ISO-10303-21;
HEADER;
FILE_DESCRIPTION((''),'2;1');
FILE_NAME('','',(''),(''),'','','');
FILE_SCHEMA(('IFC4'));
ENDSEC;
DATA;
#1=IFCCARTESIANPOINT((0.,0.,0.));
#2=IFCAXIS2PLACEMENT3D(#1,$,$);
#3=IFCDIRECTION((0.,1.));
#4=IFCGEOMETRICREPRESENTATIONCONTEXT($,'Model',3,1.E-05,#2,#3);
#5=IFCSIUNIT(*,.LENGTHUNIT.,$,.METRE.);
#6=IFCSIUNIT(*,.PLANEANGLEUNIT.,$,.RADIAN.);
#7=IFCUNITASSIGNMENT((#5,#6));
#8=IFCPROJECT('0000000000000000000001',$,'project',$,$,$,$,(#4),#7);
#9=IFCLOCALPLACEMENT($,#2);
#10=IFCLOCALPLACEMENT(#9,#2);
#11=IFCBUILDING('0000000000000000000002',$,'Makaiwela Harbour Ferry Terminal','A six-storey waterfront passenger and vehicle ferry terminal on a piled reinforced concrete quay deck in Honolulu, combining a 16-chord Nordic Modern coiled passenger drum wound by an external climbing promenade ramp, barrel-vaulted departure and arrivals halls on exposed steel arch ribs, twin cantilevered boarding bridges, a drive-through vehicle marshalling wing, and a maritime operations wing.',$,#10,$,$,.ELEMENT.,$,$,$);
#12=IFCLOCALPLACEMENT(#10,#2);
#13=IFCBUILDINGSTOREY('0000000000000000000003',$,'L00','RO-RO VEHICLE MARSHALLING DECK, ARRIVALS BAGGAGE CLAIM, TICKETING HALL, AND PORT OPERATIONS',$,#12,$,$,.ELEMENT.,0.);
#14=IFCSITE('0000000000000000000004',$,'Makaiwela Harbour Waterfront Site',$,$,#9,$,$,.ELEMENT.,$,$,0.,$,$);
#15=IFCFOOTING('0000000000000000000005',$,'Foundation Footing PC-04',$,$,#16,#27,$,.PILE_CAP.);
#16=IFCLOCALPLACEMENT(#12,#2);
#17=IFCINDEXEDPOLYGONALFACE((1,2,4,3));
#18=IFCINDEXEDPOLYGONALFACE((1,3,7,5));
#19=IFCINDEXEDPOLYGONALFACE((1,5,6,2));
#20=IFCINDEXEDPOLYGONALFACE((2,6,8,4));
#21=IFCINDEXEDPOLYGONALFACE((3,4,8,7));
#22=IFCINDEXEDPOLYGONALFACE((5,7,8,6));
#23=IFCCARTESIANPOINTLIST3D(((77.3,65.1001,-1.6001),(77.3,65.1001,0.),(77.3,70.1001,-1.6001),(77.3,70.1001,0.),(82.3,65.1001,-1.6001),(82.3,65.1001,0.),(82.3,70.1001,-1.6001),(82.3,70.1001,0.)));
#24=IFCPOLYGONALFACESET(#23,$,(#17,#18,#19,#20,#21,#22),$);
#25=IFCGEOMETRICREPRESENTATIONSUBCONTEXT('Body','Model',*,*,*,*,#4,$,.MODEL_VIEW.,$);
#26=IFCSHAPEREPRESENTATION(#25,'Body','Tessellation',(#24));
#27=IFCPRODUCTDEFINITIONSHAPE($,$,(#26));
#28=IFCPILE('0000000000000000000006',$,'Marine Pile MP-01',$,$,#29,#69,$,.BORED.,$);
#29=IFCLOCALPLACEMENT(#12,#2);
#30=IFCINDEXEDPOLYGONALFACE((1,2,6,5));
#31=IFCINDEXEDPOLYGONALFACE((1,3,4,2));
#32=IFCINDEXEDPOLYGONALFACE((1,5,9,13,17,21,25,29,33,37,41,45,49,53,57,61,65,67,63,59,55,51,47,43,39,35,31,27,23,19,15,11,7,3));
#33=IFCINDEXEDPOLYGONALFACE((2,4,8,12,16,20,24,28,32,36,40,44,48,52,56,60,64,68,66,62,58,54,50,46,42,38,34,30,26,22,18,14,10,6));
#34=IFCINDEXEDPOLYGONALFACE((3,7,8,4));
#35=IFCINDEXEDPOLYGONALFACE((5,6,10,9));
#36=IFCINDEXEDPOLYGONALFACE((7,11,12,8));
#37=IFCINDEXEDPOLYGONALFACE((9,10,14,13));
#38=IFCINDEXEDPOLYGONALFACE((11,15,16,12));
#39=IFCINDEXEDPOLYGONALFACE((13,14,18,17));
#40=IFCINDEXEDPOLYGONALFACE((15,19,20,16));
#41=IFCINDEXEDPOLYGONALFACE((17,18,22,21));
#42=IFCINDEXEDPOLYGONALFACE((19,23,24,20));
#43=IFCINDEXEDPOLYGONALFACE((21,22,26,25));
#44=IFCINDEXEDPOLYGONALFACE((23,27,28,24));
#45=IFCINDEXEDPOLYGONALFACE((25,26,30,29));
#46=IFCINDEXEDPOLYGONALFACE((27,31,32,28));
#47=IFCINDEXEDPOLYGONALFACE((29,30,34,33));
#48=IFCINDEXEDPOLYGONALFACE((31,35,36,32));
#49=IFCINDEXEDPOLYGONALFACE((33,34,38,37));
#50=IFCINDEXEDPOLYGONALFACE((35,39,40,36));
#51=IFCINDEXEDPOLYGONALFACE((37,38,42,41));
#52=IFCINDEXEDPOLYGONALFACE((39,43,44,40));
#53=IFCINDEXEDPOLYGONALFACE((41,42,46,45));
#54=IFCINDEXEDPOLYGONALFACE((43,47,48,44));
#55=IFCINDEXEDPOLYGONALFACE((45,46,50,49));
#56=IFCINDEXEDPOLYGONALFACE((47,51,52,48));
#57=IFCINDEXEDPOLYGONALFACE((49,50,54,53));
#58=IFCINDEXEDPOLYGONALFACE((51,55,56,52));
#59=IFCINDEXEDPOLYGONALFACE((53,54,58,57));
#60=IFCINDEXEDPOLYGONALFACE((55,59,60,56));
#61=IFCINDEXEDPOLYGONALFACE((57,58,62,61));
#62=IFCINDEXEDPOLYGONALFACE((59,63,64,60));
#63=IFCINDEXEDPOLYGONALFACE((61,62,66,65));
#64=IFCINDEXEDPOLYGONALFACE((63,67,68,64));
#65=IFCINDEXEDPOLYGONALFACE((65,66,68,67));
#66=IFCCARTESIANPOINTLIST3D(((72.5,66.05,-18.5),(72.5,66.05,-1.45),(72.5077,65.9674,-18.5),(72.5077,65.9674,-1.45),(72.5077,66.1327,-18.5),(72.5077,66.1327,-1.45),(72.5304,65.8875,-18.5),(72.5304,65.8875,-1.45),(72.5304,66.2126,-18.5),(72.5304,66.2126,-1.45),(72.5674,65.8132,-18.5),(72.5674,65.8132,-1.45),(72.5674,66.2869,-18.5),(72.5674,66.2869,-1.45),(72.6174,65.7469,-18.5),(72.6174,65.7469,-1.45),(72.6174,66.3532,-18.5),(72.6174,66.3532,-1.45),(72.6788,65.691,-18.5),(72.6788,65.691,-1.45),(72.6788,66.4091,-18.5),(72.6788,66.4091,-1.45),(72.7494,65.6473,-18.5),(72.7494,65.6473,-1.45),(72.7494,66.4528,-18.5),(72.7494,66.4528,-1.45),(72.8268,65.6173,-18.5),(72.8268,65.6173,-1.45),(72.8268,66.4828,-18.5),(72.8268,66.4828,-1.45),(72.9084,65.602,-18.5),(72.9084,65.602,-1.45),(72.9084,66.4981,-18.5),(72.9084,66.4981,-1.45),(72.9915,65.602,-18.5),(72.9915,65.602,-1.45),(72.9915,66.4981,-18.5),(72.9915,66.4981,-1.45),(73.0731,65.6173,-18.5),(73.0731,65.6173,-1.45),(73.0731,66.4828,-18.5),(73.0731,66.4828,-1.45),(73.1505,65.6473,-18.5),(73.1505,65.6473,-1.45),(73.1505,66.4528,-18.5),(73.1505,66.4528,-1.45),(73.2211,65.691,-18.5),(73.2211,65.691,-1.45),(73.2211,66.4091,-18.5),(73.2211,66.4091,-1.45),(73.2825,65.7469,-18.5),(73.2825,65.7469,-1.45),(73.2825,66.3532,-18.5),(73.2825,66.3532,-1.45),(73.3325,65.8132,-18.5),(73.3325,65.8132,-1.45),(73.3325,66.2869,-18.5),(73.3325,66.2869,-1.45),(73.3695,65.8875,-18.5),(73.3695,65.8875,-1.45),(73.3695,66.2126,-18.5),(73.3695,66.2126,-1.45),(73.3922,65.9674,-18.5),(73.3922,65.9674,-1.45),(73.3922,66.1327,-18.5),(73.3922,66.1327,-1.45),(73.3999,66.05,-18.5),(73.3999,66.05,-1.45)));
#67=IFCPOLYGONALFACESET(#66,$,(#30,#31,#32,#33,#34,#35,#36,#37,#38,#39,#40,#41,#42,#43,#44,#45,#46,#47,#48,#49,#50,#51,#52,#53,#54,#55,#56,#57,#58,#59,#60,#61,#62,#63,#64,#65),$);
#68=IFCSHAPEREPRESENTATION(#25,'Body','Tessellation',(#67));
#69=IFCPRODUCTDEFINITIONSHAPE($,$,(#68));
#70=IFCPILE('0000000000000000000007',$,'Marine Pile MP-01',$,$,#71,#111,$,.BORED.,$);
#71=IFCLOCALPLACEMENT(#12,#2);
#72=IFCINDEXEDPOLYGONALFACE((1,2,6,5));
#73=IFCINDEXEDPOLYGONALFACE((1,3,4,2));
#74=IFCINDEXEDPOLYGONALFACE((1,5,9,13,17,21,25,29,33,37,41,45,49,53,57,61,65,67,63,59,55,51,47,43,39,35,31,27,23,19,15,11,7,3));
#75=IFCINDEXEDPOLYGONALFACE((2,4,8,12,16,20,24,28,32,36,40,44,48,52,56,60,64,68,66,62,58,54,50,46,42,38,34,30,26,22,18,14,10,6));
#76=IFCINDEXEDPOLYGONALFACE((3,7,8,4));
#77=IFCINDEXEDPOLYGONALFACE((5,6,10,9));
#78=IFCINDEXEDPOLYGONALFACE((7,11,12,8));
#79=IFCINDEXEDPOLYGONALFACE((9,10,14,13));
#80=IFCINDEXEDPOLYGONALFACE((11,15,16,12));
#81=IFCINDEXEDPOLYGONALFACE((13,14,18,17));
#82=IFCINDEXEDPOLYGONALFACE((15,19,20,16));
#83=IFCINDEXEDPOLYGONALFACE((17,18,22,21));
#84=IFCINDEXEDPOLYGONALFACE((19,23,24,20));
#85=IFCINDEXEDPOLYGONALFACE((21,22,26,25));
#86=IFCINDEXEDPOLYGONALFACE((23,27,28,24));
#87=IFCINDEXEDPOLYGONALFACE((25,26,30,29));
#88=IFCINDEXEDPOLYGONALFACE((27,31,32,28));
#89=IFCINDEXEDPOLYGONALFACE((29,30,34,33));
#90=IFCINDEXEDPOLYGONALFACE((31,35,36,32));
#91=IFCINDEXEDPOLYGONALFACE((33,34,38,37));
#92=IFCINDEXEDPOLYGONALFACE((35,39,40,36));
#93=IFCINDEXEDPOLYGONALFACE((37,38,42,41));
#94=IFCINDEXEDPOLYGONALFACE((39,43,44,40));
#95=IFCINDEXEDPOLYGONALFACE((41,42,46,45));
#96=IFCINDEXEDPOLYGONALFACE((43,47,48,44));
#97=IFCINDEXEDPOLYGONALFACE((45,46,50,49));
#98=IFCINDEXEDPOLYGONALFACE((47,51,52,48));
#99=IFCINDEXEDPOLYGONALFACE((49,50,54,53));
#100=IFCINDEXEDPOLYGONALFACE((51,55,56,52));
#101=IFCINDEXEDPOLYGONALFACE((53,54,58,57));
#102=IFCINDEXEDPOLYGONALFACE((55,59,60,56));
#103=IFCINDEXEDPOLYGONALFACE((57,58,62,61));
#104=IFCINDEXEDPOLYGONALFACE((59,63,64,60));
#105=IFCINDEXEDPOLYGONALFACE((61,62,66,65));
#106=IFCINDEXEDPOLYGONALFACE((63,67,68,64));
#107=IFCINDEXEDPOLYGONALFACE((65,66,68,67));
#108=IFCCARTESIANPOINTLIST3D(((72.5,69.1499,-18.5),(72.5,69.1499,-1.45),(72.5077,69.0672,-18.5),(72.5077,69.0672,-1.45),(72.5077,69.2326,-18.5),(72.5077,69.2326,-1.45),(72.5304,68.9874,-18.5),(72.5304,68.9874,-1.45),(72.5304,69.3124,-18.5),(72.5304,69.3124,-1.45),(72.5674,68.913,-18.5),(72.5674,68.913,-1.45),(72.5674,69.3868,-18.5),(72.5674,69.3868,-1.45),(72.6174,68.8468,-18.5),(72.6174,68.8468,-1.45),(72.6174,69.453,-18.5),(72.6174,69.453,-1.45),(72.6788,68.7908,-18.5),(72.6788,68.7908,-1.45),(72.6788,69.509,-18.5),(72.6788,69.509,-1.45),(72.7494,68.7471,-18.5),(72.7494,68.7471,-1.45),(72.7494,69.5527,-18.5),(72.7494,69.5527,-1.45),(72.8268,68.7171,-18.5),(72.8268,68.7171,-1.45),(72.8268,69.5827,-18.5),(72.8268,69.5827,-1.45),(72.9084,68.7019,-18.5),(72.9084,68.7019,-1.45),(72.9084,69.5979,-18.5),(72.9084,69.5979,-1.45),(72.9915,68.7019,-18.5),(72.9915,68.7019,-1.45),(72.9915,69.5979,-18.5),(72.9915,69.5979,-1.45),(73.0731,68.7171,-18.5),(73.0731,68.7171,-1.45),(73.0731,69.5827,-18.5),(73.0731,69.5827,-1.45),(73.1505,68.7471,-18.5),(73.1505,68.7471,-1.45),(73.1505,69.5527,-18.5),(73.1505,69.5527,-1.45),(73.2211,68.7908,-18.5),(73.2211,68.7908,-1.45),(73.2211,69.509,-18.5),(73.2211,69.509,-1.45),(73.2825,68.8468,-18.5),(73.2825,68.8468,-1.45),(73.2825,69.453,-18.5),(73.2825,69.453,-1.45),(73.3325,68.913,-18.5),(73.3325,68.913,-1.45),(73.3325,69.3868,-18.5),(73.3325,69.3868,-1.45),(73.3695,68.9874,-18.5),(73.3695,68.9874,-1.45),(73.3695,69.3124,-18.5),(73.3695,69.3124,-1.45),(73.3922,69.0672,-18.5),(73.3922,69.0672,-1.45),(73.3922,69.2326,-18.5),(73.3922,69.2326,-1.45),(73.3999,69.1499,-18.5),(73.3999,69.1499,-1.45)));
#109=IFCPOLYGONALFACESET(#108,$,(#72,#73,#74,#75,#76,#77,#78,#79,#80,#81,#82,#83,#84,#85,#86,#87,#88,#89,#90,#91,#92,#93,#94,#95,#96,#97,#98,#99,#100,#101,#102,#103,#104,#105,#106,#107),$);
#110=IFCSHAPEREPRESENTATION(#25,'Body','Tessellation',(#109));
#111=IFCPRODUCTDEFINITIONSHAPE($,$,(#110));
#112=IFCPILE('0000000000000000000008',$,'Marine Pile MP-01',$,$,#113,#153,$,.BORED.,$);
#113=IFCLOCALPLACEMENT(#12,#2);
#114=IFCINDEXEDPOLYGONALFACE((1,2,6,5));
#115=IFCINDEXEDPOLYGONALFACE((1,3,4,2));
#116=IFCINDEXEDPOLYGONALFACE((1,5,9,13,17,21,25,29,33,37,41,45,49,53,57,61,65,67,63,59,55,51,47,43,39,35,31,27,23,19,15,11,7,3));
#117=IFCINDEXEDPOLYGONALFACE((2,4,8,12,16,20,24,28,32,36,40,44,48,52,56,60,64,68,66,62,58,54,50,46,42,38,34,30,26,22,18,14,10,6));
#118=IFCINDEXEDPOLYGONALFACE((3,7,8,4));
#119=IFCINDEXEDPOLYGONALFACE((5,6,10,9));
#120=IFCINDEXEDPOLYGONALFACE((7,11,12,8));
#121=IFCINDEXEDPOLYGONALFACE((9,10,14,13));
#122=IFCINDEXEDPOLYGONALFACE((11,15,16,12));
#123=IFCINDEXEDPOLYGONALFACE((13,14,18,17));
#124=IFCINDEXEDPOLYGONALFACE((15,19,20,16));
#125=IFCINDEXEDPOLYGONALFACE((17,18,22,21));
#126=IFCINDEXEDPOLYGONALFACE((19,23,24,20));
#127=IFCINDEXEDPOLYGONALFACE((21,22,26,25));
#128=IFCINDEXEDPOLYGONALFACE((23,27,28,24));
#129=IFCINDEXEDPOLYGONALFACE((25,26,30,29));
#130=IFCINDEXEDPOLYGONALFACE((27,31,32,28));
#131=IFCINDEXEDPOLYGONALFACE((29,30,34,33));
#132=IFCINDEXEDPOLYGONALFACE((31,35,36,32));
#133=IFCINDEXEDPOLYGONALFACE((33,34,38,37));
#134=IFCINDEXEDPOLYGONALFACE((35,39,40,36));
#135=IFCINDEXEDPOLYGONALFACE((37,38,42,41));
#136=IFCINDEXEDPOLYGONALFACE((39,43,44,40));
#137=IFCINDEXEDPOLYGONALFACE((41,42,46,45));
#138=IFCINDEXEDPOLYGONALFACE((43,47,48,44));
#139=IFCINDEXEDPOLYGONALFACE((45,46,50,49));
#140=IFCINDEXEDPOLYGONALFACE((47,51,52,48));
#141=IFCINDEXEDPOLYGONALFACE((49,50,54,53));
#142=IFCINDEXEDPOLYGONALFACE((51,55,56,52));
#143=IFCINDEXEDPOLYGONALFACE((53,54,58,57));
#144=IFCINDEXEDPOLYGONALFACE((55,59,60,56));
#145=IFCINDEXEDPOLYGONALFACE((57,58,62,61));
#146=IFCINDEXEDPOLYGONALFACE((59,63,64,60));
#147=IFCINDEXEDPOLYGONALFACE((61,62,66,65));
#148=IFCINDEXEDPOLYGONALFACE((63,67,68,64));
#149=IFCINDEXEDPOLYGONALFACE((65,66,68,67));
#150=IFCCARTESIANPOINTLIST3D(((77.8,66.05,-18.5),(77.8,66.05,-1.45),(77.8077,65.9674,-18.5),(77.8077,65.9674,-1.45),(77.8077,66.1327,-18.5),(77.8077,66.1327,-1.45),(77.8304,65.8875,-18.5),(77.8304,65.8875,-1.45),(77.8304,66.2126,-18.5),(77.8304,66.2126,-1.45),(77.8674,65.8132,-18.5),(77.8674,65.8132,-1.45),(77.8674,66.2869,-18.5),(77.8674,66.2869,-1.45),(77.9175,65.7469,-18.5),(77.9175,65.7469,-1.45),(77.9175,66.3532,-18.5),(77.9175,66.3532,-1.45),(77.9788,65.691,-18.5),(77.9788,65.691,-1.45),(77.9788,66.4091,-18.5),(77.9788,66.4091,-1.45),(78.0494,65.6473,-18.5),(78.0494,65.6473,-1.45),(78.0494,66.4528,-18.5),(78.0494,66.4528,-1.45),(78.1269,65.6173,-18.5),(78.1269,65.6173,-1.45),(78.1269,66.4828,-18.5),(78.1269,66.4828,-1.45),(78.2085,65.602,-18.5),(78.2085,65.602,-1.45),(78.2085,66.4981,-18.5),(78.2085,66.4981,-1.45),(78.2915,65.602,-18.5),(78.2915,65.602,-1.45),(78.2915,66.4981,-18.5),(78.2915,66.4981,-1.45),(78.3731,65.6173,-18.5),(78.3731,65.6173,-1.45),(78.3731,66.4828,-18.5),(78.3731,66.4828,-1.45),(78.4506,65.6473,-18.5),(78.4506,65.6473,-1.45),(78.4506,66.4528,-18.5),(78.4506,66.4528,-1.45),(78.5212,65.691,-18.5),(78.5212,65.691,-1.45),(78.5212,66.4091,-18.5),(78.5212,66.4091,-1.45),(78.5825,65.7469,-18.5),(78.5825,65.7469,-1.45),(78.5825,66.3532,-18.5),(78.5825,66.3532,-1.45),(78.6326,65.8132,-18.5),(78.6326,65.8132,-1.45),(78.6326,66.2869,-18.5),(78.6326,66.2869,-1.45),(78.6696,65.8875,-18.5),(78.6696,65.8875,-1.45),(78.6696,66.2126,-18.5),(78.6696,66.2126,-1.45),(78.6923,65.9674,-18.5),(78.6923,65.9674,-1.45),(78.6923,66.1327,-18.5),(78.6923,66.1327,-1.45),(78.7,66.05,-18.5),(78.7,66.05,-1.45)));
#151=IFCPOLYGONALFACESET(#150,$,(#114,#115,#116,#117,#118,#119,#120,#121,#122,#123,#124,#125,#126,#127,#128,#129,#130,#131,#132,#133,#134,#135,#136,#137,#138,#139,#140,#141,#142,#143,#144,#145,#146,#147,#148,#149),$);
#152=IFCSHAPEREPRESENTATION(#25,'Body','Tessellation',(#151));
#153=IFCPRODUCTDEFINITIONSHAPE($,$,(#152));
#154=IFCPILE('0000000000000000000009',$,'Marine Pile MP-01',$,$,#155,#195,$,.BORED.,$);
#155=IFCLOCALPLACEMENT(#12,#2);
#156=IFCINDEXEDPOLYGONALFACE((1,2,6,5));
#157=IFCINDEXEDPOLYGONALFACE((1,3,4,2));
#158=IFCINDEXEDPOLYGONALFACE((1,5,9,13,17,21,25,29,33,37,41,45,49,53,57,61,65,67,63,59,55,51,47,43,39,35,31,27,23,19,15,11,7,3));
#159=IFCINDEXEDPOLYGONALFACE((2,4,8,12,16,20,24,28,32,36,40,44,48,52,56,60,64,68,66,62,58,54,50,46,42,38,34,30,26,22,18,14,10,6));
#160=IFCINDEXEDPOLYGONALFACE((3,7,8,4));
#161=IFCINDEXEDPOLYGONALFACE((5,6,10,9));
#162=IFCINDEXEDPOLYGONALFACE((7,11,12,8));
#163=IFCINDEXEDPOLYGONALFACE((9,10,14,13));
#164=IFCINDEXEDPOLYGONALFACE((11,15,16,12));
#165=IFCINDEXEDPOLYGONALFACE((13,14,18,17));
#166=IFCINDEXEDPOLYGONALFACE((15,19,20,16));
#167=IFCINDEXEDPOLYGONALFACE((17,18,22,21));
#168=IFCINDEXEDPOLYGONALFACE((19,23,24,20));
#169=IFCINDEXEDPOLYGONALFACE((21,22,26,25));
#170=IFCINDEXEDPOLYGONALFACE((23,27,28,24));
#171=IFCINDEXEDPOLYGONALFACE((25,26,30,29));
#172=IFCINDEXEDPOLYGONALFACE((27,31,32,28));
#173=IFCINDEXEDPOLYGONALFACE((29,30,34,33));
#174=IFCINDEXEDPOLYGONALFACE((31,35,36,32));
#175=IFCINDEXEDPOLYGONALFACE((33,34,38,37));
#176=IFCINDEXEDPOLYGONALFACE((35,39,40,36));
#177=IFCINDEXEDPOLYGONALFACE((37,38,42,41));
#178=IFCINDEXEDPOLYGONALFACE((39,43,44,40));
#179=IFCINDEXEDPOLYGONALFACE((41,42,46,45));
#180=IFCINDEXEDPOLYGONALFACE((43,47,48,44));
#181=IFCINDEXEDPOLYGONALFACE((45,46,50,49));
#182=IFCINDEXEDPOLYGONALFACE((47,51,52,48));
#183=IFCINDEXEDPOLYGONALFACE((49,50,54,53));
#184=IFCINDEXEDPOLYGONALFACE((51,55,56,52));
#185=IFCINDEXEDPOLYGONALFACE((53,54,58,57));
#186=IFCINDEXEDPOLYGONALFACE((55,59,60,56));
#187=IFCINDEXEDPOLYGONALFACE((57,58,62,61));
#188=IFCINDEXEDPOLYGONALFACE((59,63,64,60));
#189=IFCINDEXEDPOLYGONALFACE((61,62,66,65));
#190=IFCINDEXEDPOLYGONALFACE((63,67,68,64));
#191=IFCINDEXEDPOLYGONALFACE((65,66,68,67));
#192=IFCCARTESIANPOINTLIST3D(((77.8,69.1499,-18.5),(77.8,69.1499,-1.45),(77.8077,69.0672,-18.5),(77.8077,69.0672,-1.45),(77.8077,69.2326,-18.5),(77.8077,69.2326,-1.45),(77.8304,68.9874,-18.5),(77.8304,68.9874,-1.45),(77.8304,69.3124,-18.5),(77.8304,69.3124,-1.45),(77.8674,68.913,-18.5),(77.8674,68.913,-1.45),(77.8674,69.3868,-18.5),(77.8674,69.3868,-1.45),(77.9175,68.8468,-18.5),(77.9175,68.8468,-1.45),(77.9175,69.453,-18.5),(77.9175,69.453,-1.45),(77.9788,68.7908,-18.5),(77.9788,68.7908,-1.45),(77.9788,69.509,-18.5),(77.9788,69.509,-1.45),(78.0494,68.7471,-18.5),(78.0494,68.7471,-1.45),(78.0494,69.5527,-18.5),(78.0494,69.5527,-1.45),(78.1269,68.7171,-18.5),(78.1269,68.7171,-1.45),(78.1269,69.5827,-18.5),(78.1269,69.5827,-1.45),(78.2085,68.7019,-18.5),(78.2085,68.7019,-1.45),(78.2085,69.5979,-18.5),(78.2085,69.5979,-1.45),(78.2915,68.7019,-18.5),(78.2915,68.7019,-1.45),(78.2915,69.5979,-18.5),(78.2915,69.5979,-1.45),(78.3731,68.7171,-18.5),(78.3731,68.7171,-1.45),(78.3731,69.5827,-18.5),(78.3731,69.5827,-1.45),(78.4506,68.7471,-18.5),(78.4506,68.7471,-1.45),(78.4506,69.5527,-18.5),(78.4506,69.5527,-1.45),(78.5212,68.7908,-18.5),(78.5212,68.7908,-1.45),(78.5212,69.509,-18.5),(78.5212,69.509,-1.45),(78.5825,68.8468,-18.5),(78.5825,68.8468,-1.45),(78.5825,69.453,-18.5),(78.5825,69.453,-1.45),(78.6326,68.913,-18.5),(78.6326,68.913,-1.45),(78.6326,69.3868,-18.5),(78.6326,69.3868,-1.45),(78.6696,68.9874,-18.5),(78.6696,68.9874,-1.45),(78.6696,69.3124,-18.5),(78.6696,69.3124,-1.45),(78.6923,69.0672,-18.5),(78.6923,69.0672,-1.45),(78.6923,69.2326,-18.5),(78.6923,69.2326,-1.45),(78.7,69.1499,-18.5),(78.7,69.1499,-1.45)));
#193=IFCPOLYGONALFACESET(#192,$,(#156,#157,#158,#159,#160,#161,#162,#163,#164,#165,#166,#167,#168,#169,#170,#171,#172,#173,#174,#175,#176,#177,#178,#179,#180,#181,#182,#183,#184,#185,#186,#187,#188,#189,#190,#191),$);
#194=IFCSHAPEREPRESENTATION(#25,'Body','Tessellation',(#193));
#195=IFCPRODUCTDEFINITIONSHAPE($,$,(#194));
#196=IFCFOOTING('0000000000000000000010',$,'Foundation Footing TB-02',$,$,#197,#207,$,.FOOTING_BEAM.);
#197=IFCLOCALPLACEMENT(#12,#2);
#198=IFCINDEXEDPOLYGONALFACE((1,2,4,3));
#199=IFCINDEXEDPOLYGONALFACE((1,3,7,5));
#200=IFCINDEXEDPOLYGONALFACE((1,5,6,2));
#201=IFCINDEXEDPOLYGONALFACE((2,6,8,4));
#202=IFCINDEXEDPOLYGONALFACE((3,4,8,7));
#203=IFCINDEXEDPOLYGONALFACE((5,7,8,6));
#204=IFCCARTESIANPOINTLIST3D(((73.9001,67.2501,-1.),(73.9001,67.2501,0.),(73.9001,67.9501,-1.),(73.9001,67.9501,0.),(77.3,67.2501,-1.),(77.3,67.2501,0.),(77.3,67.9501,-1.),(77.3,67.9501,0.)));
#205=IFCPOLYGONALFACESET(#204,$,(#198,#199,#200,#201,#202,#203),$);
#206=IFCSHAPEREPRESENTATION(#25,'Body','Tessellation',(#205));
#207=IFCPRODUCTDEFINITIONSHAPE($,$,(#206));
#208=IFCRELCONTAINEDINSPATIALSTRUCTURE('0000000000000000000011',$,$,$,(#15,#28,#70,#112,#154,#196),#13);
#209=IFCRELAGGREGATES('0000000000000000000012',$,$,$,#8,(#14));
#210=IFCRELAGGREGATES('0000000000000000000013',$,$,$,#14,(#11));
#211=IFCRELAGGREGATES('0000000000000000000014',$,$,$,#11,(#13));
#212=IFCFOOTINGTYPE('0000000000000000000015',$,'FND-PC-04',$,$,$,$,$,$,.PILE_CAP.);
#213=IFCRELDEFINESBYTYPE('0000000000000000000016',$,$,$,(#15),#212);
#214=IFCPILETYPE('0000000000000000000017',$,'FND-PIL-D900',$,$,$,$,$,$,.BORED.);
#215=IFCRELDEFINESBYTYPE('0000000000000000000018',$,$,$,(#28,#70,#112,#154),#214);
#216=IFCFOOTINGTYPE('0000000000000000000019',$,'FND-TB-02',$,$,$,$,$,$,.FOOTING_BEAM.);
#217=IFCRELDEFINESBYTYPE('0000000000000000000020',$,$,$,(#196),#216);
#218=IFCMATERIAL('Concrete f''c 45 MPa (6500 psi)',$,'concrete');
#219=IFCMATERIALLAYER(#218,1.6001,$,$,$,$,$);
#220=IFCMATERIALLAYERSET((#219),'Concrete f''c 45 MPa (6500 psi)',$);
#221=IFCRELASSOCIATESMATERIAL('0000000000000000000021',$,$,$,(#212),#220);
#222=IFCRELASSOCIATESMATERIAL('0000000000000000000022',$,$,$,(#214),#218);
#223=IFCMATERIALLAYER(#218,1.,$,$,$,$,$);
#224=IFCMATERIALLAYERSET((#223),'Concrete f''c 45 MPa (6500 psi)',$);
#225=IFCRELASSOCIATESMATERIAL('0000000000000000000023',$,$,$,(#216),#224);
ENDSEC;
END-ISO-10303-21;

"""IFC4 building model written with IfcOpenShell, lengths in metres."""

from ifc_helpers import new_model, si_unit, direction, frame, origin, origin_2d, place, context, subcontext, project, spatial, rectangle, circle, extrude, material, layer, layer_set, material_profile, profile_set, type_object, element, save


model = new_model("IFC4")

# Units and contexts
model_context = context("Model", 3, precision=1e-05, world=origin(), true_north=direction((0.0, 1.0)))
body_context = subcontext(model_context, "Body", "Model", "MODEL_VIEW")
ifc_project = project(units=[si_unit("LENGTHUNIT", "METRE"), si_unit("PLANEANGLEUNIT", "RADIAN")], contexts=[model_context])

# Site, building, storey
site_placement = place(None, origin())
site = spatial("IfcSite", under=ifc_project, at=site_placement, Name="Makaiwela Harbour Waterfront Site", CompositionType="ELEMENT", RefElevation=0.0)
building_placement = place(site_placement, origin())
building = spatial("IfcBuilding", under=site, at=building_placement, Name="Makaiwela Harbour Ferry Terminal", Description="A six-storey waterfront passenger and vehicle ferry terminal on a piled reinforced concrete quay deck in Honolulu, combining a 16-chord Nordic Modern coiled passenger drum wound by an external climbing promenade ramp, barrel-vaulted departure and arrivals halls on exposed steel arch ribs, twin cantilevered boarding bridges, a drive-through vehicle marshalling wing, and a maritime operations wing.", CompositionType="ELEMENT")
storey_placement = place(building_placement, origin())
storey = spatial("IfcBuildingStorey", under=building, at=storey_placement, Name="L00", Description="RO-RO VEHICLE MARSHALLING DECK, ARRIVALS BAGGAGE CLAIM, TICKETING HALL, AND PORT OPERATIONS", CompositionType="ELEMENT", Elevation=0.0)

# Footing
ifc_material_1 = material(Name="Concrete f'c 45 MPa (6500 psi)", Category="concrete")
ifc_layer_1 = layer(ifc_material_1, 1.6001)
ifc_layer_set_1 = layer_set([ifc_layer_1], Name="Concrete f'c 45 MPa (6500 psi)")
footing_type_1 = type_object("IfcFootingType", Name="FND-PC-04", PredefinedType="PILE_CAP", material=ifc_layer_set_1)
footing_1_placement = place(storey_placement, frame((79.8, 67.6001, -1.6001), z_axis=(0.0, 0.0, 1.0), x_axis=(1.0, 0.0, 0.0)))
element("IfcFooting", 1, at=footing_1_placement, inside=storey, type_object=footing_type_1, Name="Foundation Footing PC-04", PredefinedType="PILE_CAP", context=body_context, shape_type="SweptSolid", body=[
    extrude(rectangle(XDim=5.0, YDim=5.0, at=origin_2d()), origin(), (0.0, 0.0, 1.0), 1.6001),
])

# Piles
ifc_material_profile_1 = material_profile(ifc_material_1, circle(Radius=0.45, at=origin_2d()), Name="PILE-D900")
ifc_profile_set_1 = profile_set([ifc_material_profile_1], Name="Concrete f'c 45 MPa (6500 psi)")
pile_type = type_object("IfcPileType", Name="FND-PIL-D900", PredefinedType="BORED", material=ifc_profile_set_1)
for number, where, z_axis, x_axis, name in (
    (2, (72.95, 66.05, -1.45), (0.0, 0.0, -1.0), (1.0, 0.0, 0.0), "Marine Pile MP-01"),
    (3, (72.95, 69.1499, -1.45), (0.0, 0.0, -1.0), (1.0, 0.0, 0.0), "Marine Pile MP-01"),
    (4, (78.25, 66.05, -1.45), (0.0, 0.0, -1.0), (1.0, 0.0, 0.0), "Marine Pile MP-01"),
    (5, (78.25, 69.1499, -1.45), (0.0, 0.0, -1.0), (1.0, 0.0, 0.0), "Marine Pile MP-01"),
):
    element("IfcPile", number, at=place(storey_placement, frame(where, z_axis=z_axis, x_axis=x_axis)), inside=storey, type_object=pile_type, Name=name, PredefinedType="BORED", context=body_context, shape_type="SweptSolid", body=[
        extrude(circle(Radius=0.45, at=origin_2d()), origin(), (0.0, 0.0, 1.0), 17.05),
    ])

# Footing
ifc_layer_2 = layer(ifc_material_1, 1.0)
ifc_layer_set_2 = layer_set([ifc_layer_2], Name="Concrete f'c 45 MPa (6500 psi)")
footing_type_2 = type_object("IfcFootingType", Name="FND-TB-02", PredefinedType="FOOTING_BEAM", material=ifc_layer_set_2)
footing_2_placement = place(storey_placement, frame((75.6001, 67.6001, -1.0), z_axis=(0.0, 0.0, 1.0), x_axis=(1.0, 0.0, 0.0)))
element("IfcFooting", 6, at=footing_2_placement, inside=storey, type_object=footing_type_2, Name="Foundation Footing TB-02", PredefinedType="FOOTING_BEAM", context=body_context, shape_type="SweptSolid", body=[
    extrude(rectangle(XDim=3.3999, YDim=0.7, at=origin_2d()), origin(), (0.0, 0.0, 1.0), 1.0),
])

save(model, "model.ifc")
